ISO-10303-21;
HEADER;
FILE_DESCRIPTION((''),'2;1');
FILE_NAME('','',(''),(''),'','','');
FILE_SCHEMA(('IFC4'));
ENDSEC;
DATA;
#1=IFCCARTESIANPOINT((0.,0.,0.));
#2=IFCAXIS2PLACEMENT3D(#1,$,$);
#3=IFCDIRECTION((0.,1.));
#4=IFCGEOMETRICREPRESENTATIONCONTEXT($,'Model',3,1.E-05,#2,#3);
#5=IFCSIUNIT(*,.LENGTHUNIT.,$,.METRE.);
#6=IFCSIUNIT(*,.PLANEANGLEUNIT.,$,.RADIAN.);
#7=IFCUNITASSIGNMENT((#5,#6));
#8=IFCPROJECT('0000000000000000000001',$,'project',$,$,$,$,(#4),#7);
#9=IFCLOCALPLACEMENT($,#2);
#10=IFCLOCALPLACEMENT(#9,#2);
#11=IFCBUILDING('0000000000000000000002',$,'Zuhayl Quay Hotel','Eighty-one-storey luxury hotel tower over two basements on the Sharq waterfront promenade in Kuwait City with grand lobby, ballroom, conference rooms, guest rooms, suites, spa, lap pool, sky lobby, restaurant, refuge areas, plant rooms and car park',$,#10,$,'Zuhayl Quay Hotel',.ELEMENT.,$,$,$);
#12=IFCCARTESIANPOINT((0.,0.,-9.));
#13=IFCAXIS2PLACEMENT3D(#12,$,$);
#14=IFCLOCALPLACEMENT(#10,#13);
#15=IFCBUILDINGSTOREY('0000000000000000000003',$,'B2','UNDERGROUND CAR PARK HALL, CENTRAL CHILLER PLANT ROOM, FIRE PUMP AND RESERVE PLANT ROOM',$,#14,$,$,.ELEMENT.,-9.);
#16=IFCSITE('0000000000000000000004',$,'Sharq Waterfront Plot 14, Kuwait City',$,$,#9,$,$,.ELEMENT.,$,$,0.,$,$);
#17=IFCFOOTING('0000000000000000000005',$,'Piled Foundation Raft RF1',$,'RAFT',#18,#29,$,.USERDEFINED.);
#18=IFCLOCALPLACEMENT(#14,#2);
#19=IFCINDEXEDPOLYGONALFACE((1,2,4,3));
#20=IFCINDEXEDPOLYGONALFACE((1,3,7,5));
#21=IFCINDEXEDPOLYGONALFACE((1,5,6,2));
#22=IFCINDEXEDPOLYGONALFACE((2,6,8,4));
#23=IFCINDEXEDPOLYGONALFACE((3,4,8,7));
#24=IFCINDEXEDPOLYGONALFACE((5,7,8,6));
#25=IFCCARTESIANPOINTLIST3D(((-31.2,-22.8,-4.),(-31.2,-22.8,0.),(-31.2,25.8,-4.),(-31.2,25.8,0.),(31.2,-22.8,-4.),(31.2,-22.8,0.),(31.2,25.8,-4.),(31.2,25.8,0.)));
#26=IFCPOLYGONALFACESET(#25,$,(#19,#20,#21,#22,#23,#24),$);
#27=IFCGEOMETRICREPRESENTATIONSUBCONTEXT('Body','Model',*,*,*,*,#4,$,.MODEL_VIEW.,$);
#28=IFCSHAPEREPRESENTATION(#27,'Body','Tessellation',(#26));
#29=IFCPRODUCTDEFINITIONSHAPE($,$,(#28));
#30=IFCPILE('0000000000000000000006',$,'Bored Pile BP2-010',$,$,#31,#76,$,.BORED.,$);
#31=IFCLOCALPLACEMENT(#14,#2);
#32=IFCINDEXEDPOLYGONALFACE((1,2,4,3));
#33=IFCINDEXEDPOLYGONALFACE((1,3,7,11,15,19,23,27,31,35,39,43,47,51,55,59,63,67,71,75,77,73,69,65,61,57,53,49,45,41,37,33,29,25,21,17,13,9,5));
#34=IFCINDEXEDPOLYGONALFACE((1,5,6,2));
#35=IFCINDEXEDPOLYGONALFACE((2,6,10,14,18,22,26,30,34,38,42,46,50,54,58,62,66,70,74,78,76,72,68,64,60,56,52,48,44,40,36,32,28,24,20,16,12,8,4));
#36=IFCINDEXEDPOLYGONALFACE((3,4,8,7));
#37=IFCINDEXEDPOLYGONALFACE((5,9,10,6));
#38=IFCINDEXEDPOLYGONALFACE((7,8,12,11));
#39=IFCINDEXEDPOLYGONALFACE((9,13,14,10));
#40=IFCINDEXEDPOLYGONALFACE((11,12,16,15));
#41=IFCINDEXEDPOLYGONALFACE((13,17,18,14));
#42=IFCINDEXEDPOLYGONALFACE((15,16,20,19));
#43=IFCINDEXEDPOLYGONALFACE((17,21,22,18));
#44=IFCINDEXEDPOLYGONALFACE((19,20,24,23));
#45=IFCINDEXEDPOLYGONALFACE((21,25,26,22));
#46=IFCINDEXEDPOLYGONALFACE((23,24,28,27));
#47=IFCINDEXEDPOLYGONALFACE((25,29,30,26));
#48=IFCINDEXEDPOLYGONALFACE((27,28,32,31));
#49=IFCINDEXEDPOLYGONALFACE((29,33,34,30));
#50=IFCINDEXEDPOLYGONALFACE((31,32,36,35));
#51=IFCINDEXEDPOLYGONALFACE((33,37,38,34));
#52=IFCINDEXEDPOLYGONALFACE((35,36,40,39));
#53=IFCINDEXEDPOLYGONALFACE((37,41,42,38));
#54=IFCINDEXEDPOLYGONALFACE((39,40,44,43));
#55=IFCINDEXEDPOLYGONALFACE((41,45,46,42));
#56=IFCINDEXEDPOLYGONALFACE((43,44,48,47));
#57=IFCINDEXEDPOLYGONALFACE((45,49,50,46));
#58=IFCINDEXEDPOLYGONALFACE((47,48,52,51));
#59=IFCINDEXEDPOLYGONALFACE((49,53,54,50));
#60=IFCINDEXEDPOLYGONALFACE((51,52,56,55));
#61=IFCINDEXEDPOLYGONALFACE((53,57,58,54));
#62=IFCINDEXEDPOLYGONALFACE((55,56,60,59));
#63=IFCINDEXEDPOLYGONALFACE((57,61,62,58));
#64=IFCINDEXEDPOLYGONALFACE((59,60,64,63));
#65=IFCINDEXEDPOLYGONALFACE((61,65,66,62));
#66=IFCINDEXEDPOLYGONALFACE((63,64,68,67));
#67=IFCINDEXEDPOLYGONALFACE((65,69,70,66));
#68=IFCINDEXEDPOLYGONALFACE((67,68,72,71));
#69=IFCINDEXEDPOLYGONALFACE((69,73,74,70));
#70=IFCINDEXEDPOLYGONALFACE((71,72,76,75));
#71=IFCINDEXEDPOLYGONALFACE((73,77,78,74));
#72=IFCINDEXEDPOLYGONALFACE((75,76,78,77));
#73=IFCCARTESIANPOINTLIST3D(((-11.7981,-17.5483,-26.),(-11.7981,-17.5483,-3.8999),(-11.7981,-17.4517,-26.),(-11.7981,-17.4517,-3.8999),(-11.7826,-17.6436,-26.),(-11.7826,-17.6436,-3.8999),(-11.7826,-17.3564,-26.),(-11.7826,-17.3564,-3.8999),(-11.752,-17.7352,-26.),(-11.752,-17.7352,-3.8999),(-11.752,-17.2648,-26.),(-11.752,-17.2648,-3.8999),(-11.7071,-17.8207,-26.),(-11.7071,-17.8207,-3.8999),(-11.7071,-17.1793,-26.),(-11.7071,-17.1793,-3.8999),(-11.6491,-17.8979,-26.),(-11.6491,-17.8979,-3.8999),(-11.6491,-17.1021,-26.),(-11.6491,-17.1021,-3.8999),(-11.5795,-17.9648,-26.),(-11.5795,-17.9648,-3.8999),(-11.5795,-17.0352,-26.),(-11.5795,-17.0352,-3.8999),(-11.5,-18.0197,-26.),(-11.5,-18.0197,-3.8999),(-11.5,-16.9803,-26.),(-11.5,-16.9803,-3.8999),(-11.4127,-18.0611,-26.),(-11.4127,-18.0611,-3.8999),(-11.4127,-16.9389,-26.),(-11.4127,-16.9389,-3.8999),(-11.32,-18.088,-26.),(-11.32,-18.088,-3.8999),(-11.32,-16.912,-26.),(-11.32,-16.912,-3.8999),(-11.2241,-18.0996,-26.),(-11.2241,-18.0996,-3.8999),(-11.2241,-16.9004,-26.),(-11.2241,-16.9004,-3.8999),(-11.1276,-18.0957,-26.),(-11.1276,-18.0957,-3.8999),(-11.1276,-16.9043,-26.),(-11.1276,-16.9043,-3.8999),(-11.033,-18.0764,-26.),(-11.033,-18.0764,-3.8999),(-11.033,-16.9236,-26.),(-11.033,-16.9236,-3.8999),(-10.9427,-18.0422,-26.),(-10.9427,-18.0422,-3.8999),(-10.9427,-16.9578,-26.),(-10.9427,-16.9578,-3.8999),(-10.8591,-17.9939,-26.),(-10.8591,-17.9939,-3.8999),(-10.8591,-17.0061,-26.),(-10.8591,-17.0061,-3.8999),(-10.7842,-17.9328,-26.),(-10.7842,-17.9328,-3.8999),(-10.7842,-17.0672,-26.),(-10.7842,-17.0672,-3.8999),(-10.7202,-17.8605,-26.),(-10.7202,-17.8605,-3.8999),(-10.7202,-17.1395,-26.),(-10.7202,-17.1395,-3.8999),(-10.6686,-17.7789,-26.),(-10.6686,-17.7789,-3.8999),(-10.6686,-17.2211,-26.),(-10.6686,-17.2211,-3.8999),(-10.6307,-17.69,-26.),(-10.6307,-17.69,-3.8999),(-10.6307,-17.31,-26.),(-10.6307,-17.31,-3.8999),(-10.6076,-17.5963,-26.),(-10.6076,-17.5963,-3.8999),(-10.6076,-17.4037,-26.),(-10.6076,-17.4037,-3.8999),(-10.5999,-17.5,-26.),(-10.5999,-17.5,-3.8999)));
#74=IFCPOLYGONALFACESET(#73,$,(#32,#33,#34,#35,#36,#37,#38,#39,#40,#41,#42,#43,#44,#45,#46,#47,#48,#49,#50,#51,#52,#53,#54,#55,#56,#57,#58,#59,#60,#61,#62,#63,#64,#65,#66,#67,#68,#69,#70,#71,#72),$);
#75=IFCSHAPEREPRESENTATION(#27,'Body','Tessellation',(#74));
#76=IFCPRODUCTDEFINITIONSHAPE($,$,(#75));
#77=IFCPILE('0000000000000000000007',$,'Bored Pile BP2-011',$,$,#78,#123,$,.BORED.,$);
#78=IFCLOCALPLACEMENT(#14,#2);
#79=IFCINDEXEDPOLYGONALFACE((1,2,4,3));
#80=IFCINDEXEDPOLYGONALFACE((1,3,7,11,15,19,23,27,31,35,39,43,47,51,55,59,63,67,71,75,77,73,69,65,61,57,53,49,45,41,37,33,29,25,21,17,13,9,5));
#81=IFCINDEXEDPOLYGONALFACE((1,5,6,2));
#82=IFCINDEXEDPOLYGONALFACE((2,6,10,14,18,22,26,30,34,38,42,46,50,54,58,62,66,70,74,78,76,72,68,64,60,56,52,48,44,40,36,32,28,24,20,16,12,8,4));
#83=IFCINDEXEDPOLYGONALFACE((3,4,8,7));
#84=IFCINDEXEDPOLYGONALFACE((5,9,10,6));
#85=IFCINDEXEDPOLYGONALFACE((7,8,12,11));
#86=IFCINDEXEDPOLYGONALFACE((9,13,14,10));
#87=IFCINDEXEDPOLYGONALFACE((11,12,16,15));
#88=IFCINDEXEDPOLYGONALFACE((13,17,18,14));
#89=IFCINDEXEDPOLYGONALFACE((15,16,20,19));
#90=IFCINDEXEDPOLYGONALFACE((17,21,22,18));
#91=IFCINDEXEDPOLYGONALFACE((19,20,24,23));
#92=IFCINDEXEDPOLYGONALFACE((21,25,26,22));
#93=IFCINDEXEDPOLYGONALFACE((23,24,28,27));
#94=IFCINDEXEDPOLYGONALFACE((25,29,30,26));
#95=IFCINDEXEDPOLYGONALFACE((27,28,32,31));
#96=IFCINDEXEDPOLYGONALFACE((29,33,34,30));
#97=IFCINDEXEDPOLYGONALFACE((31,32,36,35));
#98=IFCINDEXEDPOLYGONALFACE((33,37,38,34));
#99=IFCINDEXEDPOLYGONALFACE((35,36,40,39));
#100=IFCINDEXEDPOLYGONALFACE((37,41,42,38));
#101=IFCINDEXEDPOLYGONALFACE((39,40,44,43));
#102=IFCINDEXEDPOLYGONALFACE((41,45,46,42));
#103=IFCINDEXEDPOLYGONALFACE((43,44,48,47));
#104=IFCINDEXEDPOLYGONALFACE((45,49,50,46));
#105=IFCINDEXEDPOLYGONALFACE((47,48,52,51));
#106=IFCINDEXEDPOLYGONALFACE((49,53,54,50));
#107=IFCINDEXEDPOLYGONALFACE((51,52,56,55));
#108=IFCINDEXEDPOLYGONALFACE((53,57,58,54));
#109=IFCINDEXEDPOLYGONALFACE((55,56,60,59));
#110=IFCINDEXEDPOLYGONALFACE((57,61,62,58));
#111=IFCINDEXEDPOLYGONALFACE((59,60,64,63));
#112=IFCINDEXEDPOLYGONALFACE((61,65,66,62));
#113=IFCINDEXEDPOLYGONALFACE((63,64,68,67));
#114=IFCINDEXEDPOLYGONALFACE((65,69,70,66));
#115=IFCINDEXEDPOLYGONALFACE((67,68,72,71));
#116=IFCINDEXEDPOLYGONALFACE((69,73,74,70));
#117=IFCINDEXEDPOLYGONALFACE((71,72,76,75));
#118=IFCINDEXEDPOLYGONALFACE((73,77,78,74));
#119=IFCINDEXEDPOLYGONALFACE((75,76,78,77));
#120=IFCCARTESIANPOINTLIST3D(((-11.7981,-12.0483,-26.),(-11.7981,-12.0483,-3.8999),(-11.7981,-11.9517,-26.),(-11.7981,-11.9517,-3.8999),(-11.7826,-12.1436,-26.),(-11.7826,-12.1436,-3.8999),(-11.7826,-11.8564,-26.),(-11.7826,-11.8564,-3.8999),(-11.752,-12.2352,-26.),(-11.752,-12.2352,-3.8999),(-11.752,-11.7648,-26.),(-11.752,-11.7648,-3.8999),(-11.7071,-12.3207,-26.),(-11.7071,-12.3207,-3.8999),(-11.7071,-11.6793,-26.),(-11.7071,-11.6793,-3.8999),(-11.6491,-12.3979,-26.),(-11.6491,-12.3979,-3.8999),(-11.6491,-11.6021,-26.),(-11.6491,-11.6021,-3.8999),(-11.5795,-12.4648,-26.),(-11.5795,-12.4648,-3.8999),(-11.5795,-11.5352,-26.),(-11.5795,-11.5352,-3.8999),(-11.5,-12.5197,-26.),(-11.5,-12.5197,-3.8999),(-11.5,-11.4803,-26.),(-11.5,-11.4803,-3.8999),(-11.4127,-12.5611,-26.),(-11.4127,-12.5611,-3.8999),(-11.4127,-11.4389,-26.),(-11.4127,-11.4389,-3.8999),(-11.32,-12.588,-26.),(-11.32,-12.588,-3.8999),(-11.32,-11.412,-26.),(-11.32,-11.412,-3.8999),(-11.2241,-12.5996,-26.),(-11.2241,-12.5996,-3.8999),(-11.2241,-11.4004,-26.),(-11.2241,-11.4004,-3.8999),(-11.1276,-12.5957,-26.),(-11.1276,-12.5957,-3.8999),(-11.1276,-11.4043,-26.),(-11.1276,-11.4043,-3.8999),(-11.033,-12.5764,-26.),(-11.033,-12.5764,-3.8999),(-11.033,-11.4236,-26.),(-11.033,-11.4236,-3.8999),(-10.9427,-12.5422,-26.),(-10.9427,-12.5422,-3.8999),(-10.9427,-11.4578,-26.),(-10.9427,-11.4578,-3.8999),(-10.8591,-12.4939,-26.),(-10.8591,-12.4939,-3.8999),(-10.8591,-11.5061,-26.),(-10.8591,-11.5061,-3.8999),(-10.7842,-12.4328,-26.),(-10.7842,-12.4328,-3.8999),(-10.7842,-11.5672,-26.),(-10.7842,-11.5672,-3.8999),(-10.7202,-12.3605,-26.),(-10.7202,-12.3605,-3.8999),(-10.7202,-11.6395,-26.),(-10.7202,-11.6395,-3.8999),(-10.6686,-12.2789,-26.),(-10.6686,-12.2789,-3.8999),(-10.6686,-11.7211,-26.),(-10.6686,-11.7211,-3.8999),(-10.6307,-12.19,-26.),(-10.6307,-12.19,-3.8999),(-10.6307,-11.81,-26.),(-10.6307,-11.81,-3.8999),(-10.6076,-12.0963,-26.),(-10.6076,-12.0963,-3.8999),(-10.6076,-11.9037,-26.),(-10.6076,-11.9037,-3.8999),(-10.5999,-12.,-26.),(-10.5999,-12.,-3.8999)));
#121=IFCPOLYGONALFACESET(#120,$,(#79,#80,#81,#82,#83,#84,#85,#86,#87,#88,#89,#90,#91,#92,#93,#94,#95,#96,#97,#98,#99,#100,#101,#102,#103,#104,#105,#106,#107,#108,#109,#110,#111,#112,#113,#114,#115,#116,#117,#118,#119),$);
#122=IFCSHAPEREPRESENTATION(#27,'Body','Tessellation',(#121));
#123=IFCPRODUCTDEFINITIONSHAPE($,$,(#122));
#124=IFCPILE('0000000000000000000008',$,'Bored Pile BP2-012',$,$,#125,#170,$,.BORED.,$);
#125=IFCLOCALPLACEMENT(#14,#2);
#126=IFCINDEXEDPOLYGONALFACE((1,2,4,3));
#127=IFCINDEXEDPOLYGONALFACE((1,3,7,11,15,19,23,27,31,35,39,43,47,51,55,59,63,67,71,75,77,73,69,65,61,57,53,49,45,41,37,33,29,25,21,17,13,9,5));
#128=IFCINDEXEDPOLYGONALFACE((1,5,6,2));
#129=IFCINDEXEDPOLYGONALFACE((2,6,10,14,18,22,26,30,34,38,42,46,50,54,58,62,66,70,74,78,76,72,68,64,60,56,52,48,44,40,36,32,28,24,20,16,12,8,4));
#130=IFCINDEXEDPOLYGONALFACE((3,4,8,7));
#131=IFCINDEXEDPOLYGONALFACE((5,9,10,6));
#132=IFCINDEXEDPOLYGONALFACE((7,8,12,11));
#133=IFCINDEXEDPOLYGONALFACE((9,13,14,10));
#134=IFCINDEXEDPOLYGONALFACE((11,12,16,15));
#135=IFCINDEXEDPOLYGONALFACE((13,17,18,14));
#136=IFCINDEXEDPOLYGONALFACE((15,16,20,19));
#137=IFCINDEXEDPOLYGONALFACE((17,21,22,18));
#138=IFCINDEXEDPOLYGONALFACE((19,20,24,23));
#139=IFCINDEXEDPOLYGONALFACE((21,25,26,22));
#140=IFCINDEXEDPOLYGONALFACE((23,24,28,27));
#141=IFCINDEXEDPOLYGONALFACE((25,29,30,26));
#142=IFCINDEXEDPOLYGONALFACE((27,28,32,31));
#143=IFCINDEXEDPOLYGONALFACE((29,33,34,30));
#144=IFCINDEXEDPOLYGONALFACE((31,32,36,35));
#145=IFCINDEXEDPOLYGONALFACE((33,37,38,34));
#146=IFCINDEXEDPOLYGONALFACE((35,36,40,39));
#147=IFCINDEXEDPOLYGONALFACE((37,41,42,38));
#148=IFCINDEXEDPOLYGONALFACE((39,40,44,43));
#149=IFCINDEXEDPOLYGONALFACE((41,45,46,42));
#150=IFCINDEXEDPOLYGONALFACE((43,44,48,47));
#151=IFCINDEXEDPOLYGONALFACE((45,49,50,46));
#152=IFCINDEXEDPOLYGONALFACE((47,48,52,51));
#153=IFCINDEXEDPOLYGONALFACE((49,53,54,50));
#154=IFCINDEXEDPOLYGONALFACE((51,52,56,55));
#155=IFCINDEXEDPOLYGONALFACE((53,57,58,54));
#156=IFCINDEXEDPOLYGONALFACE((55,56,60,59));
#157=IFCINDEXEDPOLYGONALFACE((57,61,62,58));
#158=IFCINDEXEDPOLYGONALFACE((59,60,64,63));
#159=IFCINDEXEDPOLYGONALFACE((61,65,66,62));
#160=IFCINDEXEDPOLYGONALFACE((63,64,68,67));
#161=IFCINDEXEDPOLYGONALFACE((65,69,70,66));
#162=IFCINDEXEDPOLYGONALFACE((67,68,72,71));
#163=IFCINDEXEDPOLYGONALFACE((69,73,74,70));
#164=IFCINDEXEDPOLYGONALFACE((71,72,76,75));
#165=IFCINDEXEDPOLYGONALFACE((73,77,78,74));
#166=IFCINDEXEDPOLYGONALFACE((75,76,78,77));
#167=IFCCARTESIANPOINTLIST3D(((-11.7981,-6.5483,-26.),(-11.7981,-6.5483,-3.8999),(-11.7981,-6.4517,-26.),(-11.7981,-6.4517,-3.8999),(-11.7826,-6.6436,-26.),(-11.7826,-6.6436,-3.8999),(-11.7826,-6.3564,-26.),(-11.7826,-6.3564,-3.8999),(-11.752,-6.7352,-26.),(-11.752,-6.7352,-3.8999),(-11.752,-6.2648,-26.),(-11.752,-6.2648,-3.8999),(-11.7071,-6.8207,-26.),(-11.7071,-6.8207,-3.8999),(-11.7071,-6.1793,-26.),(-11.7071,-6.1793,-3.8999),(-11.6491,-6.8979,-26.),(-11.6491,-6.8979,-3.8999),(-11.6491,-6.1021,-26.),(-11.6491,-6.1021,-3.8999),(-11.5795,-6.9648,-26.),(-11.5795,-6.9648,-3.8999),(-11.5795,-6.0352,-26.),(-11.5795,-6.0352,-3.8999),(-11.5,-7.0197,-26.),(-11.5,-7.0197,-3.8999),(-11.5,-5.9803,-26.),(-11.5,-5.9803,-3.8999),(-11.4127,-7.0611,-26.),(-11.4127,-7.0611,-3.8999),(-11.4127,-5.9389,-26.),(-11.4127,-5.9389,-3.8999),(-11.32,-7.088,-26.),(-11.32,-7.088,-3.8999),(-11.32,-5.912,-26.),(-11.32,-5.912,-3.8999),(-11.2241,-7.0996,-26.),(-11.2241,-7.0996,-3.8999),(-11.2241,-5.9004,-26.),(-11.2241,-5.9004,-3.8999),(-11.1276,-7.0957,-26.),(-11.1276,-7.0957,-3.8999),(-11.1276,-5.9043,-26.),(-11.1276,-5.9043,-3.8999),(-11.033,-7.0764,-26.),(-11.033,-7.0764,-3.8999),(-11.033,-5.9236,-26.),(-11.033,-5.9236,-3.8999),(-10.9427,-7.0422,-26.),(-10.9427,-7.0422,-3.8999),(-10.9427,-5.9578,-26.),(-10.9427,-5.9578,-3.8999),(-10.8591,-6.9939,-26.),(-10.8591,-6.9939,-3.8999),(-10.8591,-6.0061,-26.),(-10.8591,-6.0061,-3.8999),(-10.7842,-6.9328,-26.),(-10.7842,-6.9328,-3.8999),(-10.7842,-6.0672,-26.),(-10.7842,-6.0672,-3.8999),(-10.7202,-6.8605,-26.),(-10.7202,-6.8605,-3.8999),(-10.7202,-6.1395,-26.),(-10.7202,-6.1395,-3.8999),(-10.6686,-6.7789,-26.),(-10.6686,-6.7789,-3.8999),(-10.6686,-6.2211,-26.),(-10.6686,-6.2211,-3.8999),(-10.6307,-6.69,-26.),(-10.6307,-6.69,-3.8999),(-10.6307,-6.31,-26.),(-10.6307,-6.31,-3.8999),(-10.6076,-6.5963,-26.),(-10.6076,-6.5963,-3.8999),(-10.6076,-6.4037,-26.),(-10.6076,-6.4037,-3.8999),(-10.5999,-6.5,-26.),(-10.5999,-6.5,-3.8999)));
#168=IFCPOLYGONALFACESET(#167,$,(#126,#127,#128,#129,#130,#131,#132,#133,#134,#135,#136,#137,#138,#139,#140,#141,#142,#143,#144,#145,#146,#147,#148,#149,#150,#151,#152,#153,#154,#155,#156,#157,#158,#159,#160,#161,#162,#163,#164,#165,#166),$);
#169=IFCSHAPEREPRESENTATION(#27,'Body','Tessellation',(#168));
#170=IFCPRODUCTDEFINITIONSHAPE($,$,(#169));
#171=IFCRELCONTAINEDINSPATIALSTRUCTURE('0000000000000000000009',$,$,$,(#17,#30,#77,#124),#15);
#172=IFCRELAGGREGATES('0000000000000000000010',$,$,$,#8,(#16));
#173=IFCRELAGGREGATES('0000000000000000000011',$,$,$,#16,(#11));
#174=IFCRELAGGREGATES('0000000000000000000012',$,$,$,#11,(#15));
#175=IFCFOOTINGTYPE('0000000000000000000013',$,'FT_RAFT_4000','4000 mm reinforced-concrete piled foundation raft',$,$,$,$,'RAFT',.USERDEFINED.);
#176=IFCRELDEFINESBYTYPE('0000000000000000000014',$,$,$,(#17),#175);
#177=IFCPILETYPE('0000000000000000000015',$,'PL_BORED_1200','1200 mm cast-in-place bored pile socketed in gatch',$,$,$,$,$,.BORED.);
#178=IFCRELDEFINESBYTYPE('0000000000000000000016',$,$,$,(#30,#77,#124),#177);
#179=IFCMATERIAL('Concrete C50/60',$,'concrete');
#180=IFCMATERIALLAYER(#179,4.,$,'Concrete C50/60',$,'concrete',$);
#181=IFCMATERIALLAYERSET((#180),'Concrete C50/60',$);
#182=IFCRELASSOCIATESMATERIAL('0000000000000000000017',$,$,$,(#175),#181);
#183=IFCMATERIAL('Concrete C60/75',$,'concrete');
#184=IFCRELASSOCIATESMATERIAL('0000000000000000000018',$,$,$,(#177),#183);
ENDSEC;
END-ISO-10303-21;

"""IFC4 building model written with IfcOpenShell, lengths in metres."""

from ifc_helpers import new_model, si_unit, direction, frame, origin, origin_2d, place, context, subcontext, project, spatial, polyline, circle, outline, extrude, material, layer, layer_set, material_profile, profile_set, type_object, element, save


model = new_model("IFC4")

# Units and contexts
model_context = context("Model", 3, precision=1e-05, world=origin(), true_north=direction((0.0, 1.0)))
body_context = subcontext(model_context, "Body", "Model", "MODEL_VIEW")
ifc_project = project(units=[si_unit("LENGTHUNIT", "METRE"), si_unit("PLANEANGLEUNIT", "RADIAN")], contexts=[model_context])

# Site, building, storey
site_placement = place(None, origin())
site = spatial("IfcSite", under=ifc_project, at=site_placement, Name="Sharq Waterfront Plot 14, Kuwait City", CompositionType="ELEMENT", RefElevation=0.0)
building_placement = place(site_placement, origin())
building = spatial("IfcBuilding", under=site, at=building_placement, Name="Zuhayl Quay Hotel", Description="Eighty-one-storey luxury hotel tower over two basements on the Sharq waterfront promenade in Kuwait City with grand lobby, ballroom, conference rooms, guest rooms, suites, spa, lap pool, sky lobby, restaurant, refuge areas, plant rooms and car park", LongName="Zuhayl Quay Hotel", CompositionType="ELEMENT")
storey_placement = place(building_placement, frame((0.0, 0.0, -9.0)))
storey = spatial("IfcBuildingStorey", under=building, at=storey_placement, Name="B2", Description="UNDERGROUND CAR PARK HALL, CENTRAL CHILLER PLANT ROOM, FIRE PUMP AND RESERVE PLANT ROOM", CompositionType="ELEMENT", Elevation=-9.0)

# Footing
ifc_material_1 = material(Name="Concrete C50/60", Category="concrete")
ifc_layer_1 = layer(ifc_material_1, 4.0, Name="Concrete C50/60", Category="concrete")
ifc_layer_set_1 = layer_set([ifc_layer_1], Name="Concrete C50/60")
footing_type = type_object("IfcFootingType", Name="FT_RAFT_4000", Description="4000 mm reinforced-concrete piled foundation raft", ElementType="RAFT", PredefinedType="USERDEFINED", material=ifc_layer_set_1)
footing_placement = place(storey_placement, frame((0.0, 0.0, -4.0)))
element("IfcFooting", 1, at=footing_placement, inside=storey, type_object=footing_type, Name="Piled Foundation Raft RF1", ObjectType="RAFT", PredefinedType="USERDEFINED", context=body_context, shape_type="SweptSolid", body=[
    extrude(outline(polyline([(-31.2, -22.8), (31.2, -22.8), (31.2, 25.8), (-31.2, 25.8), (-31.2, -22.8)])), origin(), (0.0, 0.0, 1.0), 4.0),
])

# Piles
ifc_material_2 = material(Name="Concrete C60/75", Category="concrete")
ifc_material_profile_1 = material_profile(ifc_material_2, circle(Radius=0.6001, at=origin_2d()), Name="PILE1200")
ifc_profile_set_1 = profile_set([ifc_material_profile_1], Name="Concrete C60/75")
pile_type_1 = type_object("IfcPileType", Name="PL_BORED_1200", Description="1200 mm cast-in-place bored pile socketed in gatch", PredefinedType="BORED", material=ifc_profile_set_1)
for number, where, z_axis, x_axis, name in (
    (2, (-11.2, -17.5, -3.8999), (0.0, 0.0, -1.0), (1.0, 0.0, 0.0), "Bored Pile BP2-010"),
    (3, (-11.2, -12.0, -3.8999), (0.0, 0.0, -1.0), (1.0, 0.0, 0.0), "Bored Pile BP2-011"),
    (4, (-11.2, -6.5, -3.8999), (0.0, 0.0, -1.0), (1.0, 0.0, 0.0), "Bored Pile BP2-012"),
):
    element("IfcPile", number, at=place(storey_placement, frame(where, z_axis=z_axis, x_axis=x_axis)), inside=storey, type_object=pile_type_1, Name=name, PredefinedType="BORED", context=body_context, shape_type="SweptSolid", body=[
        extrude(circle(Radius=0.6001, at=origin_2d()), origin(), (0.0, 0.0, 1.0), 22.1001),
    ])

save(model, "model.ifc")
